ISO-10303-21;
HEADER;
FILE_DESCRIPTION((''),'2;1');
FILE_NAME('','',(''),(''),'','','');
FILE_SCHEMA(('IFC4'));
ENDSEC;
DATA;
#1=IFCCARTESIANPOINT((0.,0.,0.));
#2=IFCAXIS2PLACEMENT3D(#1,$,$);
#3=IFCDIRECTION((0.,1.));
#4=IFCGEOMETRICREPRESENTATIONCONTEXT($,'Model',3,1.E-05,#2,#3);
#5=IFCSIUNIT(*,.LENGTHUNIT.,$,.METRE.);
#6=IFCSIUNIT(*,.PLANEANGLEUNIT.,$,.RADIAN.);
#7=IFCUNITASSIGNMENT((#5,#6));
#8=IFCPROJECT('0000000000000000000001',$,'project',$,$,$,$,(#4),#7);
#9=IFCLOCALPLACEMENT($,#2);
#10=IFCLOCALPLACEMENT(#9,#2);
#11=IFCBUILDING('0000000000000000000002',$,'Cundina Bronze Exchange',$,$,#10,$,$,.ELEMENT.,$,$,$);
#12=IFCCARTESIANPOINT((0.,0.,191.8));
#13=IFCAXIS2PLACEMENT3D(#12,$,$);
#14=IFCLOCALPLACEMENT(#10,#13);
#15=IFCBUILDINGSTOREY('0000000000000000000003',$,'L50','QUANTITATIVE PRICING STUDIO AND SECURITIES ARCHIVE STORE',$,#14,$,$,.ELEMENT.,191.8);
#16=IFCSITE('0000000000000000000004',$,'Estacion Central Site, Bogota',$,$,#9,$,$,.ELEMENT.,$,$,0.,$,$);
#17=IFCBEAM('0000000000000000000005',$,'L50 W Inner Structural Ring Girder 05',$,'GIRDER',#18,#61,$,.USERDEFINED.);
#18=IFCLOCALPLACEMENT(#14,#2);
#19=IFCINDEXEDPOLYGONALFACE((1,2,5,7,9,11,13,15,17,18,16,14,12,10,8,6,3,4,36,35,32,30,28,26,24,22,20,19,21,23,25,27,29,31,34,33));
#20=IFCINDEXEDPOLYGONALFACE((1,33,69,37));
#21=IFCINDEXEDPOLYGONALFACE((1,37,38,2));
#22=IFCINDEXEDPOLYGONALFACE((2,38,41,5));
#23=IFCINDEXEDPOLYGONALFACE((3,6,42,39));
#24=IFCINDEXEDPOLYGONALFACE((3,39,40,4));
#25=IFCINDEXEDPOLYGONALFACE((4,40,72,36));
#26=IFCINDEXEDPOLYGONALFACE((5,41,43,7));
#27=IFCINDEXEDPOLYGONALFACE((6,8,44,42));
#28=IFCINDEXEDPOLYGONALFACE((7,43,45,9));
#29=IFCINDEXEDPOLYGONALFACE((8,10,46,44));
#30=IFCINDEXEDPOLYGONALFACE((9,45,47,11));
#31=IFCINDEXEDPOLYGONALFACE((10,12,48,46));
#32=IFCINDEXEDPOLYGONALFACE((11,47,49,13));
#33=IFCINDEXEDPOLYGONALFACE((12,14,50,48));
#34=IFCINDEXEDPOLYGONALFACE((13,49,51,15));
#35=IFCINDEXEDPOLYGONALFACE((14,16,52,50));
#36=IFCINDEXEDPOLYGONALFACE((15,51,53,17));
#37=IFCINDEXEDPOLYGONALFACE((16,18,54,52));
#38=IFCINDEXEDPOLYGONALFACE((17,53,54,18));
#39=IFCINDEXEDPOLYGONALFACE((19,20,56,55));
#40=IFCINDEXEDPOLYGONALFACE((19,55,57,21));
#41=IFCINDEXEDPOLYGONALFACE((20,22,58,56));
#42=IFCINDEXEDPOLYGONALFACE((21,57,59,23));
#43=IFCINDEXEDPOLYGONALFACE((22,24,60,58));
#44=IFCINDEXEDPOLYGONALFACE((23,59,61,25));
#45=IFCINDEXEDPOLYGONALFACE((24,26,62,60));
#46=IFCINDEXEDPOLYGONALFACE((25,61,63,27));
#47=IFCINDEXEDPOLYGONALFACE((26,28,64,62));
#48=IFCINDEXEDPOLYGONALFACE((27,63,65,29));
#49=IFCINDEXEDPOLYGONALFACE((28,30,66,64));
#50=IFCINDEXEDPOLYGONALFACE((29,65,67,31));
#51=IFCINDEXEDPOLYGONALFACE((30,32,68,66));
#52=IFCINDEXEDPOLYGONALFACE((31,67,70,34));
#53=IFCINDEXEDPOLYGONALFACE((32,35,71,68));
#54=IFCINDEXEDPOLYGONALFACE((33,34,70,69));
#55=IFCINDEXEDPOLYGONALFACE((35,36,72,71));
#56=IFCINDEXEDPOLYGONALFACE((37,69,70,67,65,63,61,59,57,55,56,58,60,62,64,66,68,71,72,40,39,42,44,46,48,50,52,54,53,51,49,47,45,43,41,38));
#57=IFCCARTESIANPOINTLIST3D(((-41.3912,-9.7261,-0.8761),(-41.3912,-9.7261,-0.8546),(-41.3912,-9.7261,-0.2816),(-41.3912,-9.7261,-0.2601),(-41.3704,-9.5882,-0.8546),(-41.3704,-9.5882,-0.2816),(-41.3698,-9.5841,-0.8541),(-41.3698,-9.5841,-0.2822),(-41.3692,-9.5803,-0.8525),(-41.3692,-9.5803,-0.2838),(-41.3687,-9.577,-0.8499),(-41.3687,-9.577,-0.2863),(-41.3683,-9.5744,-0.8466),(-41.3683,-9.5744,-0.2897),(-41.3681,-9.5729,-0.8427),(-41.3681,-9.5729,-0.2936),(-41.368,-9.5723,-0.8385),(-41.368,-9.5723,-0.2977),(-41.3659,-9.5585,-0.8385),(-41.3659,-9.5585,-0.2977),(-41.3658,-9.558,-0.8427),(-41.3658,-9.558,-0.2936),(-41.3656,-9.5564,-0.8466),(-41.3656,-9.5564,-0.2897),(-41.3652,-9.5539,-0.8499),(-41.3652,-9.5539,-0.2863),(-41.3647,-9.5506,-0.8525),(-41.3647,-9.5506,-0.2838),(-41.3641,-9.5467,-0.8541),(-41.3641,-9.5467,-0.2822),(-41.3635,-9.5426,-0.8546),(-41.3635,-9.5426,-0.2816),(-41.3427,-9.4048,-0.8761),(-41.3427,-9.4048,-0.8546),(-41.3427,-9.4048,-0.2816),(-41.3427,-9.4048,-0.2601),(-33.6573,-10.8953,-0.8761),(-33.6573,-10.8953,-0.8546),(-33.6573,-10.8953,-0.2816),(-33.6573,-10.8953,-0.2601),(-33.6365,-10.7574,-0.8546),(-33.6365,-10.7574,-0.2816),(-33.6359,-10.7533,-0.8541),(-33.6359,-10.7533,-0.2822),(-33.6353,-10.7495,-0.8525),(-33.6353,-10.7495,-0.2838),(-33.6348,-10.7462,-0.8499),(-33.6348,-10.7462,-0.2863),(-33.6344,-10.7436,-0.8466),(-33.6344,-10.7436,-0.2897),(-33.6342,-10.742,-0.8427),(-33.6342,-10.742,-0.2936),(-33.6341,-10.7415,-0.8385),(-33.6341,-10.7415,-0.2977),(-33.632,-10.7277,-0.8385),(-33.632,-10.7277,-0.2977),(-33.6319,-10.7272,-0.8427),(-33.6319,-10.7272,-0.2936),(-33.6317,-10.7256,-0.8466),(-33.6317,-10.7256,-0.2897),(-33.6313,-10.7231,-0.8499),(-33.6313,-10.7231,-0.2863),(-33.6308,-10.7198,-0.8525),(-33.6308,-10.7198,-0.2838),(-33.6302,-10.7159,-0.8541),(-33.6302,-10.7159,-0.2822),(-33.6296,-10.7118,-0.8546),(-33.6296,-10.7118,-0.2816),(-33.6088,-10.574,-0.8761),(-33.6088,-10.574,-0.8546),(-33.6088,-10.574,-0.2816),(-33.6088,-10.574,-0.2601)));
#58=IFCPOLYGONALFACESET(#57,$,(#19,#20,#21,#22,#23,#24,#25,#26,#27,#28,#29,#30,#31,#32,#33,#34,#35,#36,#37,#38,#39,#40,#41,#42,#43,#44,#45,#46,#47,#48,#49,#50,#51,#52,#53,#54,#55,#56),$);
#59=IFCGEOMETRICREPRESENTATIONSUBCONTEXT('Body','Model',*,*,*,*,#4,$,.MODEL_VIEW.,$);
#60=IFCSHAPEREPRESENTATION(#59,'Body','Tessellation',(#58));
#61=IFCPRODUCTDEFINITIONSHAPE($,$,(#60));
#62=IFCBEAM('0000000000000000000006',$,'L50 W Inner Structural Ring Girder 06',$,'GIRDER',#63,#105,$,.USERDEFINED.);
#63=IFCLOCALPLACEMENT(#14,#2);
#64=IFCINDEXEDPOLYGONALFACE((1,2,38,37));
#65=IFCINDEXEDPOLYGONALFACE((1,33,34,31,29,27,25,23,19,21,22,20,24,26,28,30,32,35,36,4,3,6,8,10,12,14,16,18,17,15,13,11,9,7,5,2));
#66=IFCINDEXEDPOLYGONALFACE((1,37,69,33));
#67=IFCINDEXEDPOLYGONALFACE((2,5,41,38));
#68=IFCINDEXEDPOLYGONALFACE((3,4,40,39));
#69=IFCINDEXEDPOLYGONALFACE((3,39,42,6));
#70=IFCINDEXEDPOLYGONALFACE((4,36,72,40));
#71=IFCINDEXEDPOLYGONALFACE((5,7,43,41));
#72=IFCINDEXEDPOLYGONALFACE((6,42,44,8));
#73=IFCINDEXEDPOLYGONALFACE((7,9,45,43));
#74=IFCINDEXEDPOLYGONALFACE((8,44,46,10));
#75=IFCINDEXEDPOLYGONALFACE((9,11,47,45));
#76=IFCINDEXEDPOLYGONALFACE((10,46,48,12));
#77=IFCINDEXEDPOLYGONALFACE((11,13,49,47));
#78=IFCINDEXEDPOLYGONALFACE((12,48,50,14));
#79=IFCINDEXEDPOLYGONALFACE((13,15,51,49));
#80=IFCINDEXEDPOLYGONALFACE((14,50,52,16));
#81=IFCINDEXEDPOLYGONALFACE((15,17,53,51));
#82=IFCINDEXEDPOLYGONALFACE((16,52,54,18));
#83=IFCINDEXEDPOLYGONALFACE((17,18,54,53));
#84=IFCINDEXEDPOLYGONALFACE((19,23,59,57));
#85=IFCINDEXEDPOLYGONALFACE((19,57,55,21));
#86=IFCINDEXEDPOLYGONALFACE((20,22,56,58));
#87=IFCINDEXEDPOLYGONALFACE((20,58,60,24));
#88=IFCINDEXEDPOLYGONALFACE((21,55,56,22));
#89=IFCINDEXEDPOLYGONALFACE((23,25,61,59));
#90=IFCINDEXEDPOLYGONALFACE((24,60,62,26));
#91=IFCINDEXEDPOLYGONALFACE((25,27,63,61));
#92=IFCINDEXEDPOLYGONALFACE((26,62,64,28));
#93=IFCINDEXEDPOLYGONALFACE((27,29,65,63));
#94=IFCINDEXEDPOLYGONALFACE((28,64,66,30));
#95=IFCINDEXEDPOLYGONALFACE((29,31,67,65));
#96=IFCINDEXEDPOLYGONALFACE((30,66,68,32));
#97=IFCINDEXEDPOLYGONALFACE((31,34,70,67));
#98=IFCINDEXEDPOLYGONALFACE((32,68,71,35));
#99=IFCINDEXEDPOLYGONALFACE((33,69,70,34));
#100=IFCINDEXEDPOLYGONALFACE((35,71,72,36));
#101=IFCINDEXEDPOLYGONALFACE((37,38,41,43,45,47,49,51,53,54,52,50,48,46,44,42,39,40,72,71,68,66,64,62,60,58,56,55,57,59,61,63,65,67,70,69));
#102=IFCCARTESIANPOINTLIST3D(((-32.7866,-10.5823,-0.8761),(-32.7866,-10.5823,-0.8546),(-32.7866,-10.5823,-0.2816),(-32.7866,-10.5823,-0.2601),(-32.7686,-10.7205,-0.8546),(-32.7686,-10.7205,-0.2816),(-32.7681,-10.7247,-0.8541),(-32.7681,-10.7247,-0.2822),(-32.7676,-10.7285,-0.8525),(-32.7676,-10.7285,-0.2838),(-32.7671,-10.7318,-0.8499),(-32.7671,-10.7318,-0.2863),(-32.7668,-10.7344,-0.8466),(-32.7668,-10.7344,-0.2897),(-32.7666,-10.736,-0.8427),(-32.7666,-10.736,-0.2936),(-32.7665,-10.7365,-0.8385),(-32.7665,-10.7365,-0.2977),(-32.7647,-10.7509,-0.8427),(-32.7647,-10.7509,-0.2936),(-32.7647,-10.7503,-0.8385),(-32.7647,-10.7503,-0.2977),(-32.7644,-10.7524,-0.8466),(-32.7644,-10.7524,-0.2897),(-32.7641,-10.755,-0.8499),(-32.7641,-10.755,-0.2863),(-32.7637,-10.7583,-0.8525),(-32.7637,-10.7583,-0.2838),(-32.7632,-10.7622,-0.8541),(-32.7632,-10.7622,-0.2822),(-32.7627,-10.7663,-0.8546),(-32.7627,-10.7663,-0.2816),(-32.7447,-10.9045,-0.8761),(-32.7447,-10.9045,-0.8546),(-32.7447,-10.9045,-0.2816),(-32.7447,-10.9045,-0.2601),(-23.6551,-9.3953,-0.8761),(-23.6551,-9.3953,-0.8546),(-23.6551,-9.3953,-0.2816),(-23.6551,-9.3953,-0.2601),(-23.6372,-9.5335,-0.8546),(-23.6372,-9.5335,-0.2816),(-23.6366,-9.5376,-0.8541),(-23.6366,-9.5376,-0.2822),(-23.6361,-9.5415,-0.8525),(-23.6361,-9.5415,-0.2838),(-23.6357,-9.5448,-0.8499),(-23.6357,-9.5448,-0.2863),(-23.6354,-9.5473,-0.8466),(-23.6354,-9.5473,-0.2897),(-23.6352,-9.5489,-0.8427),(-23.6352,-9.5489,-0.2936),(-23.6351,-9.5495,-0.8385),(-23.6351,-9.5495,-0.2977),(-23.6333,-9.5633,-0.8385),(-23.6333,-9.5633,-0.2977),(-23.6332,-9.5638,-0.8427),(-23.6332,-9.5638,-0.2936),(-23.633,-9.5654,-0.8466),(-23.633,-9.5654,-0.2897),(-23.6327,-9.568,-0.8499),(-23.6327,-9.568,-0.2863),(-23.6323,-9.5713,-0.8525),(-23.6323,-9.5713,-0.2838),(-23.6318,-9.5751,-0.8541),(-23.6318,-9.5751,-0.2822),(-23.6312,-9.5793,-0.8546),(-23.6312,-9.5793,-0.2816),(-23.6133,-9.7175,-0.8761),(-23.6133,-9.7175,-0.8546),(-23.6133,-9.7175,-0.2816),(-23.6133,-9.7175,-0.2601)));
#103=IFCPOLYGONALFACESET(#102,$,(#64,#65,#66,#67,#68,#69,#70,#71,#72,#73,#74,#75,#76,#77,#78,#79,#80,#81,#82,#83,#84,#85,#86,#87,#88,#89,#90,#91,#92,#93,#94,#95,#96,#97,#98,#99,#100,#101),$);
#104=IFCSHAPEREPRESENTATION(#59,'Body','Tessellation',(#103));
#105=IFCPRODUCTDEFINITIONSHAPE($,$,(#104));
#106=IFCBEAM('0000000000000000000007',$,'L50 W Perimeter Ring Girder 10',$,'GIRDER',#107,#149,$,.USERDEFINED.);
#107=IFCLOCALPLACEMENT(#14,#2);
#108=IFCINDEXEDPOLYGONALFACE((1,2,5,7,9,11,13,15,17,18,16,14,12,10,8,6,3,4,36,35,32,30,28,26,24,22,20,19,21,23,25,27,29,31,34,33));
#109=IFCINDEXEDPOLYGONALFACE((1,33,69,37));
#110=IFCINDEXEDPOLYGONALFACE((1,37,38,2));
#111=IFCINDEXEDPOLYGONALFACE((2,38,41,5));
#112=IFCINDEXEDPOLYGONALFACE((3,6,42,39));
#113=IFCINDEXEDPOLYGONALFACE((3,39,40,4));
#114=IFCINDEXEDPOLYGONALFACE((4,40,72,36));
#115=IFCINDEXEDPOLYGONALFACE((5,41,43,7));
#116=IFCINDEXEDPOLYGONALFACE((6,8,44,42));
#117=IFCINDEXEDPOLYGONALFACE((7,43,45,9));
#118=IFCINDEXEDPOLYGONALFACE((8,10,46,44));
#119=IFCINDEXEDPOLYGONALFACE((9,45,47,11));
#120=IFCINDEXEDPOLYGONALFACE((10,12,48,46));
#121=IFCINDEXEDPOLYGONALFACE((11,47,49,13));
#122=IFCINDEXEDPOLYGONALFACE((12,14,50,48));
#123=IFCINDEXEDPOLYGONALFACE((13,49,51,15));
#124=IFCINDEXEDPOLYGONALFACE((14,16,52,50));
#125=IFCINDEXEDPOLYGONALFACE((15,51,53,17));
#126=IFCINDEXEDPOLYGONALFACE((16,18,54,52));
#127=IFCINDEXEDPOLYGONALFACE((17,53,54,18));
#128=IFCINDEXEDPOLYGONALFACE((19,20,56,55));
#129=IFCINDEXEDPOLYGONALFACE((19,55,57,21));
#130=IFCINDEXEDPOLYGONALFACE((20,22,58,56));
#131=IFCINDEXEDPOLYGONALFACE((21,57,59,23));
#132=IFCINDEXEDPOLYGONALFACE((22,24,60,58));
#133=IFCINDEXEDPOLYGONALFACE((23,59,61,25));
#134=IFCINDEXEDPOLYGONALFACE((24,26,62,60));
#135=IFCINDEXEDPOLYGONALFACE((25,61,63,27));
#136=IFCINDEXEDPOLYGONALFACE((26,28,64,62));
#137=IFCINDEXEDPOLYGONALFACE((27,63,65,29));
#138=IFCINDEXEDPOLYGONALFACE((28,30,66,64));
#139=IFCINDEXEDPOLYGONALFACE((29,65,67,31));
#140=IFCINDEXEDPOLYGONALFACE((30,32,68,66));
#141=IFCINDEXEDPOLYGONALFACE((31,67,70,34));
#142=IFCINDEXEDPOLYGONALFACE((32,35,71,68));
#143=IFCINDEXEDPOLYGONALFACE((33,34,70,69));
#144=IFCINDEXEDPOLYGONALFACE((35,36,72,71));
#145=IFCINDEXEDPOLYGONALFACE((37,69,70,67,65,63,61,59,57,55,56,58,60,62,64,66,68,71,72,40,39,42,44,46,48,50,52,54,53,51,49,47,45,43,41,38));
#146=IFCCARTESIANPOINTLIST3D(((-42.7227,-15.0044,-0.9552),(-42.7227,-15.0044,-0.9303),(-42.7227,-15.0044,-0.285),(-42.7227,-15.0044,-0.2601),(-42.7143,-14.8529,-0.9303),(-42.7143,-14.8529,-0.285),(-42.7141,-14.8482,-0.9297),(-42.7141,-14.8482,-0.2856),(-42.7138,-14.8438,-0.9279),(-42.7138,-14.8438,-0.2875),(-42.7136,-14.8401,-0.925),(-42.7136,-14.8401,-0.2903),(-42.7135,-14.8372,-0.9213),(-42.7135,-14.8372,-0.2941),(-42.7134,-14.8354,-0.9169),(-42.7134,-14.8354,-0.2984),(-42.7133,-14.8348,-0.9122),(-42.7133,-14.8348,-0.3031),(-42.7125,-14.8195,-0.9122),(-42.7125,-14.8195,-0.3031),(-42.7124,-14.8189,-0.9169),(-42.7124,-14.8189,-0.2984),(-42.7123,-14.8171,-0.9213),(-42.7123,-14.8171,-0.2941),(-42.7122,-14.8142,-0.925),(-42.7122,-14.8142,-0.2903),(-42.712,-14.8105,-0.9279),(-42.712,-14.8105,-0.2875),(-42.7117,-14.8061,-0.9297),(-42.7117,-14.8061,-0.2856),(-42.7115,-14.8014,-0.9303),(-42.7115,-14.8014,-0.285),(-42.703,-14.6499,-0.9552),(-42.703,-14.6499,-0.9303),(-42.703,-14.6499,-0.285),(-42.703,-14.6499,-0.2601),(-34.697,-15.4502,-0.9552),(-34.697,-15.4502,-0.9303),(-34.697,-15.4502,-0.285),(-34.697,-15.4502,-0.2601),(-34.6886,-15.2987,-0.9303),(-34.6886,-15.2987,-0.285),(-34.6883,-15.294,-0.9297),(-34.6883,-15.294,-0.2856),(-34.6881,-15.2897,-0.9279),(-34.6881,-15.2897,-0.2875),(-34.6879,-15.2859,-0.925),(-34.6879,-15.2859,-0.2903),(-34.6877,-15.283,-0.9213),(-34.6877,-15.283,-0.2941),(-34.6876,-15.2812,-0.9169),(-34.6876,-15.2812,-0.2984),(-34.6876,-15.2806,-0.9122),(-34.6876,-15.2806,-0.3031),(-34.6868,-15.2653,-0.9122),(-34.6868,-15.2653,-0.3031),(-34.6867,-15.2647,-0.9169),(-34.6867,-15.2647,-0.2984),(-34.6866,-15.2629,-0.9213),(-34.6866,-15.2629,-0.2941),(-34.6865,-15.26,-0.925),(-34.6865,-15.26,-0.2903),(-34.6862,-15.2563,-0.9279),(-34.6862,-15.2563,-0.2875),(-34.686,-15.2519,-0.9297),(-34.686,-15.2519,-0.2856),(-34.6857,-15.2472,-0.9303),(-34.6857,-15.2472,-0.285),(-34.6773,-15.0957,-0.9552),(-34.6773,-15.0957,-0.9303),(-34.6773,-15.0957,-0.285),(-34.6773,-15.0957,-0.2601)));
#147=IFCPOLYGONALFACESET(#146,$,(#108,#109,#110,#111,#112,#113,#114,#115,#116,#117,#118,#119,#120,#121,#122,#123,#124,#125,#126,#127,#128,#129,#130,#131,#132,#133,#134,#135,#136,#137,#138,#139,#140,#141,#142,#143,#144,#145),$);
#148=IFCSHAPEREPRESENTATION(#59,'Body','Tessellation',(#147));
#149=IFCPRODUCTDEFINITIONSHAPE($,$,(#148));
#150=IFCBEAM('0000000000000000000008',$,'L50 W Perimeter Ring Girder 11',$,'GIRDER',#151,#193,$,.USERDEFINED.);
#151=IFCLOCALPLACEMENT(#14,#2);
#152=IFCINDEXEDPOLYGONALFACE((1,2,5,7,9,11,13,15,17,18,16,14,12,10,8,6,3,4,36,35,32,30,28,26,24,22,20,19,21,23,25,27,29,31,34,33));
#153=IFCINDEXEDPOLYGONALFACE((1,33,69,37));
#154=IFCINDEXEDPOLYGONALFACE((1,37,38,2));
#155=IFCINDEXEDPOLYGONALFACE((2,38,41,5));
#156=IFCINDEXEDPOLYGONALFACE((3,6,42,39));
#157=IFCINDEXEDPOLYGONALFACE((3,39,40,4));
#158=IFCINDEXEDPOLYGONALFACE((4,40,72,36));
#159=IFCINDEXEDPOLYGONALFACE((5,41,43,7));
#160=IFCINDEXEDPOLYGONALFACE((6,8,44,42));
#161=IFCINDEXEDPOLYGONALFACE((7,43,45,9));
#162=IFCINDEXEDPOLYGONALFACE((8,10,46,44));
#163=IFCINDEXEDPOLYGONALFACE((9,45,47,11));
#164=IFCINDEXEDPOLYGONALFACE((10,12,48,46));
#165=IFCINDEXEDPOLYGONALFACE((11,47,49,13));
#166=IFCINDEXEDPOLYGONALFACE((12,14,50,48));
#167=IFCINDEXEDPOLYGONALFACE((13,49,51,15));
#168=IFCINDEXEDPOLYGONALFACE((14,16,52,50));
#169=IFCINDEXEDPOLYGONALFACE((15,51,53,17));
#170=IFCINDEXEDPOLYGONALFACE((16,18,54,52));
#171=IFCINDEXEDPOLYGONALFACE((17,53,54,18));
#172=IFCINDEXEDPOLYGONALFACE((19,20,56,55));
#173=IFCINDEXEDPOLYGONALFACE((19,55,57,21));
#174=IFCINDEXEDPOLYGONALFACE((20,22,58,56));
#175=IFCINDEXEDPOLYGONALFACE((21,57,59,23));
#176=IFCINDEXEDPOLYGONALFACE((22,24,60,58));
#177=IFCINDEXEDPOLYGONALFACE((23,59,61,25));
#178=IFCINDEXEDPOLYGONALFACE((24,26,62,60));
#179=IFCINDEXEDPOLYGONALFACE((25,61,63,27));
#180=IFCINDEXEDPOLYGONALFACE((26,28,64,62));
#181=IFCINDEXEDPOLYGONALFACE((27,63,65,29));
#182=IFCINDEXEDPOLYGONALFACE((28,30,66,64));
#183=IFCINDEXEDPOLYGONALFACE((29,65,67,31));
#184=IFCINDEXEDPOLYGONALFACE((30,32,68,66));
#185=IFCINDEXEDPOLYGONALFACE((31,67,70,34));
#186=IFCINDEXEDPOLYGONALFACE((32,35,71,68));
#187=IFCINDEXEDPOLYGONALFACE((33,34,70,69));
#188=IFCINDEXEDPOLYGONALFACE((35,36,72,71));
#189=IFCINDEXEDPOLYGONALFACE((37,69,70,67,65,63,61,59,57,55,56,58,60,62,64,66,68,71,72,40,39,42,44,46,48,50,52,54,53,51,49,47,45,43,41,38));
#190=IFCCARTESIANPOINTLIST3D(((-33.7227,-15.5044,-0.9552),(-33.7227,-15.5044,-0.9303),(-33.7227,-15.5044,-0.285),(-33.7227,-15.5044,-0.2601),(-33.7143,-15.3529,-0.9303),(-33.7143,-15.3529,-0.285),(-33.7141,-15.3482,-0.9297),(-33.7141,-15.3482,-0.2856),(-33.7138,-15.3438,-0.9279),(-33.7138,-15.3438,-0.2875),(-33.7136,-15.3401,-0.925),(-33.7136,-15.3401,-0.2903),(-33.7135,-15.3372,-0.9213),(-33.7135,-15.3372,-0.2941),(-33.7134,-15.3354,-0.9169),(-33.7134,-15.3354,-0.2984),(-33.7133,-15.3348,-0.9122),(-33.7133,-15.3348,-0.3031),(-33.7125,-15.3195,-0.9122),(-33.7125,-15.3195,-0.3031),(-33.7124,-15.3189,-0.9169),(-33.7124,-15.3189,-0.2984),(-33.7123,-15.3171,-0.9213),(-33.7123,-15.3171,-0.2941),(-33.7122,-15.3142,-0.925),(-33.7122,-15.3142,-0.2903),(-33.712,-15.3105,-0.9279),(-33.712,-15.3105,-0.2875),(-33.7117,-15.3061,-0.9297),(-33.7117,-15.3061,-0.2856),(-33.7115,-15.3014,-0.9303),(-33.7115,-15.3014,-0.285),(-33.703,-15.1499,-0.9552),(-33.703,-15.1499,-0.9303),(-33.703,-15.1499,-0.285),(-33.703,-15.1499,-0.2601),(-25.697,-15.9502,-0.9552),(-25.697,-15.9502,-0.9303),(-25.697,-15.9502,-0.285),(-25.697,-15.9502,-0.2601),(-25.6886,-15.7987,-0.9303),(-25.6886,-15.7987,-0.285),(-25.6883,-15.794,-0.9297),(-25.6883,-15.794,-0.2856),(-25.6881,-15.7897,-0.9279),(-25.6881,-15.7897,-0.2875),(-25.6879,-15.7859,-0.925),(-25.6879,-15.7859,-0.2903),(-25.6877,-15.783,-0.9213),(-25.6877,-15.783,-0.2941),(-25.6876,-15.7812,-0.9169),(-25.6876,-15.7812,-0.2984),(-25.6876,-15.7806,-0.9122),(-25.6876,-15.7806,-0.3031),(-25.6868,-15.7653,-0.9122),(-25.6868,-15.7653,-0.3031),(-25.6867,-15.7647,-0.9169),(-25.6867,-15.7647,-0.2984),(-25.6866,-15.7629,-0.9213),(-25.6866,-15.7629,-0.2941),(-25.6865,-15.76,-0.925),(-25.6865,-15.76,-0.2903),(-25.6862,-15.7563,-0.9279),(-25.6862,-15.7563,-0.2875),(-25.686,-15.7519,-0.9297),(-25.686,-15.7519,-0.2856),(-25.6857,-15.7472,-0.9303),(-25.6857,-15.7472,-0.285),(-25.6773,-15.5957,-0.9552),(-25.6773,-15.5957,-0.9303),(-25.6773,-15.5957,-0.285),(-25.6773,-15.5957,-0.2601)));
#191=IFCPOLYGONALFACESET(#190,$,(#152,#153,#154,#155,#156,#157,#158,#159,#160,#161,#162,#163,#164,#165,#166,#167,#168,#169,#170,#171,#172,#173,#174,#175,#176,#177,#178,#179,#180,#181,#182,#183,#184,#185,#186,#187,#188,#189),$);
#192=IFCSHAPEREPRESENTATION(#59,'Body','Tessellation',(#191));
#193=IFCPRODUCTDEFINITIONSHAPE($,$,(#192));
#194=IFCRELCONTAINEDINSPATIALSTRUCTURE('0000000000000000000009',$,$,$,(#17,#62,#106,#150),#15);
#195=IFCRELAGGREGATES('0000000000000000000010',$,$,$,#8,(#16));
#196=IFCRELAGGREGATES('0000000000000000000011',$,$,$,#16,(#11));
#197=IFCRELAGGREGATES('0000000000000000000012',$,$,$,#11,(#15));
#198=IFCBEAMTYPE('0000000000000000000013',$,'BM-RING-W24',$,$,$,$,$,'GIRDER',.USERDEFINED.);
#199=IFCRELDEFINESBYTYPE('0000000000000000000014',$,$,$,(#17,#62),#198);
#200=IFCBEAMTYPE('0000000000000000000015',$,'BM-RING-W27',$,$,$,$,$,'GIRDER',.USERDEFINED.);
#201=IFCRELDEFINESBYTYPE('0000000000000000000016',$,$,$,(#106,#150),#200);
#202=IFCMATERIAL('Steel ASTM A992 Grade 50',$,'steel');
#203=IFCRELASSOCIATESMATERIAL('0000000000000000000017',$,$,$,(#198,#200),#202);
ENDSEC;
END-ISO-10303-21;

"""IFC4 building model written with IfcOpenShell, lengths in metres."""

from ifc_helpers import new_model, si_unit, direction, frame, origin, origin_2d, place, context, subcontext, project, spatial, i_section, extrude, material, material_profile, profile_set, type_object, element, save


model = new_model("IFC4")

# Units and contexts
model_context = context("Model", 3, precision=1e-05, world=origin(), true_north=direction((0.0, 1.0)))
body_context = subcontext(model_context, "Body", "Model", "MODEL_VIEW")
ifc_project = project(units=[si_unit("LENGTHUNIT", "METRE"), si_unit("PLANEANGLEUNIT", "RADIAN")], contexts=[model_context])

# Site, building, storey
site_placement = place(None, origin())
site = spatial("IfcSite", under=ifc_project, at=site_placement, Name="Estacion Central Site, Bogota", CompositionType="ELEMENT", RefElevation=0.0)
building_placement = place(site_placement, origin())
building = spatial("IfcBuilding", under=site, at=building_placement, Name="Cundina Bronze Exchange", CompositionType="ELEMENT")
storey_placement = place(building_placement, frame((0.0, 0.0, 191.8)))
storey = spatial("IfcBuildingStorey", under=building, at=storey_placement, Name="L50", Description="QUANTITATIVE PRICING STUDIO AND SECURITIES ARCHIVE STORE", CompositionType="ELEMENT", Elevation=191.8)

# Beams
ifc_material_1 = material(Name="Steel ASTM A992 Grade 50", Category="steel")
ifc_material_profile_1 = material_profile(ifc_material_1, i_section(OverallWidth=0.325, OverallDepth=0.616, WebThickness=0.0139, FlangeThickness=0.0215, FilletRadius=0.0161, at=origin_2d()), Name="W24X117", Category="steel")
ifc_profile_set_1 = profile_set([ifc_material_profile_1], Name="Steel ASTM A992 Grade 50")
beam_type_1 = type_object("IfcBeamType", Name="BM-RING-W24", ElementType="GIRDER", PredefinedType="USERDEFINED", material=ifc_profile_set_1)
beam_1_placement = place(storey_placement, frame((-41.3669, -9.5654, -0.5681), z_axis=(0.988765, -0.149479, 0.0), x_axis=(0.149479, 0.988765, 0.0)))
element("IfcBeam", 1, at=beam_1_placement, inside=storey, type_object=beam_type_1, Name="L50 W Inner Structural Ring Girder 05", ObjectType="GIRDER", PredefinedType="USERDEFINED", context=body_context, shape_type="SweptSolid", body=[
    extrude(i_section(OverallWidth=0.325, OverallDepth=0.616, WebThickness=0.0139, FlangeThickness=0.0215, FilletRadius=0.0161, at=origin_2d()), origin(), (0.0, 0.0, 1.0), 7.8218),
])
beam_2_placement = place(storey_placement, frame((-32.7656, -10.7434, -0.5681), z_axis=(0.991656, 0.128908, 0.0), x_axis=(-0.128908, 0.991656, 0.0)))
element("IfcBeam", 2, at=beam_2_placement, inside=storey, type_object=beam_type_1, Name="L50 W Inner Structural Ring Girder 06", ObjectType="GIRDER", PredefinedType="USERDEFINED", context=body_context, shape_type="SweptSolid", body=[
    extrude(i_section(OverallWidth=0.325, OverallDepth=0.616, WebThickness=0.0139, FlangeThickness=0.0215, FilletRadius=0.0161, at=origin_2d()), origin(), (0.0, 0.0, 1.0), 9.2083),
])
ifc_material_profile_2 = material_profile(ifc_material_1, i_section(OverallWidth=0.355, OverallDepth=0.6951, WebThickness=0.0154, FlangeThickness=0.0249, FilletRadius=0.0181, at=origin_2d()), Name="W27X146", Category="steel")
ifc_profile_set_2 = profile_set([ifc_material_profile_2], Name="Steel ASTM A992 Grade 50")
beam_type_2 = type_object("IfcBeamType", Name="BM-RING-W27", ElementType="GIRDER", PredefinedType="USERDEFINED", material=ifc_profile_set_2)
for number, where, z_axis, x_axis, name in (
    (3, (-42.7129, -14.8271, -0.6077), (0.998461, -0.055462, 0.0), (0.055462, 0.998461, 0.0), "L50 W Perimeter Ring Girder 10"),
    (4, (-33.7129, -15.3271, -0.6077), (0.998461, -0.055462, 0.0), (0.055462, 0.998461, 0.0), "L50 W Perimeter Ring Girder 11"),
):
    element("IfcBeam", number, at=place(storey_placement, frame(where, z_axis=z_axis, x_axis=x_axis)), inside=storey, type_object=beam_type_2, Name=name, ObjectType="GIRDER", PredefinedType="USERDEFINED", context=body_context, shape_type="SweptSolid", body=[
        extrude(i_section(OverallWidth=0.355, OverallDepth=0.6951, WebThickness=0.0154, FlangeThickness=0.0249, FilletRadius=0.0181, at=origin_2d()), origin(), (0.0, 0.0, 1.0), 8.0381),
    ])

save(model, "model.ifc")
